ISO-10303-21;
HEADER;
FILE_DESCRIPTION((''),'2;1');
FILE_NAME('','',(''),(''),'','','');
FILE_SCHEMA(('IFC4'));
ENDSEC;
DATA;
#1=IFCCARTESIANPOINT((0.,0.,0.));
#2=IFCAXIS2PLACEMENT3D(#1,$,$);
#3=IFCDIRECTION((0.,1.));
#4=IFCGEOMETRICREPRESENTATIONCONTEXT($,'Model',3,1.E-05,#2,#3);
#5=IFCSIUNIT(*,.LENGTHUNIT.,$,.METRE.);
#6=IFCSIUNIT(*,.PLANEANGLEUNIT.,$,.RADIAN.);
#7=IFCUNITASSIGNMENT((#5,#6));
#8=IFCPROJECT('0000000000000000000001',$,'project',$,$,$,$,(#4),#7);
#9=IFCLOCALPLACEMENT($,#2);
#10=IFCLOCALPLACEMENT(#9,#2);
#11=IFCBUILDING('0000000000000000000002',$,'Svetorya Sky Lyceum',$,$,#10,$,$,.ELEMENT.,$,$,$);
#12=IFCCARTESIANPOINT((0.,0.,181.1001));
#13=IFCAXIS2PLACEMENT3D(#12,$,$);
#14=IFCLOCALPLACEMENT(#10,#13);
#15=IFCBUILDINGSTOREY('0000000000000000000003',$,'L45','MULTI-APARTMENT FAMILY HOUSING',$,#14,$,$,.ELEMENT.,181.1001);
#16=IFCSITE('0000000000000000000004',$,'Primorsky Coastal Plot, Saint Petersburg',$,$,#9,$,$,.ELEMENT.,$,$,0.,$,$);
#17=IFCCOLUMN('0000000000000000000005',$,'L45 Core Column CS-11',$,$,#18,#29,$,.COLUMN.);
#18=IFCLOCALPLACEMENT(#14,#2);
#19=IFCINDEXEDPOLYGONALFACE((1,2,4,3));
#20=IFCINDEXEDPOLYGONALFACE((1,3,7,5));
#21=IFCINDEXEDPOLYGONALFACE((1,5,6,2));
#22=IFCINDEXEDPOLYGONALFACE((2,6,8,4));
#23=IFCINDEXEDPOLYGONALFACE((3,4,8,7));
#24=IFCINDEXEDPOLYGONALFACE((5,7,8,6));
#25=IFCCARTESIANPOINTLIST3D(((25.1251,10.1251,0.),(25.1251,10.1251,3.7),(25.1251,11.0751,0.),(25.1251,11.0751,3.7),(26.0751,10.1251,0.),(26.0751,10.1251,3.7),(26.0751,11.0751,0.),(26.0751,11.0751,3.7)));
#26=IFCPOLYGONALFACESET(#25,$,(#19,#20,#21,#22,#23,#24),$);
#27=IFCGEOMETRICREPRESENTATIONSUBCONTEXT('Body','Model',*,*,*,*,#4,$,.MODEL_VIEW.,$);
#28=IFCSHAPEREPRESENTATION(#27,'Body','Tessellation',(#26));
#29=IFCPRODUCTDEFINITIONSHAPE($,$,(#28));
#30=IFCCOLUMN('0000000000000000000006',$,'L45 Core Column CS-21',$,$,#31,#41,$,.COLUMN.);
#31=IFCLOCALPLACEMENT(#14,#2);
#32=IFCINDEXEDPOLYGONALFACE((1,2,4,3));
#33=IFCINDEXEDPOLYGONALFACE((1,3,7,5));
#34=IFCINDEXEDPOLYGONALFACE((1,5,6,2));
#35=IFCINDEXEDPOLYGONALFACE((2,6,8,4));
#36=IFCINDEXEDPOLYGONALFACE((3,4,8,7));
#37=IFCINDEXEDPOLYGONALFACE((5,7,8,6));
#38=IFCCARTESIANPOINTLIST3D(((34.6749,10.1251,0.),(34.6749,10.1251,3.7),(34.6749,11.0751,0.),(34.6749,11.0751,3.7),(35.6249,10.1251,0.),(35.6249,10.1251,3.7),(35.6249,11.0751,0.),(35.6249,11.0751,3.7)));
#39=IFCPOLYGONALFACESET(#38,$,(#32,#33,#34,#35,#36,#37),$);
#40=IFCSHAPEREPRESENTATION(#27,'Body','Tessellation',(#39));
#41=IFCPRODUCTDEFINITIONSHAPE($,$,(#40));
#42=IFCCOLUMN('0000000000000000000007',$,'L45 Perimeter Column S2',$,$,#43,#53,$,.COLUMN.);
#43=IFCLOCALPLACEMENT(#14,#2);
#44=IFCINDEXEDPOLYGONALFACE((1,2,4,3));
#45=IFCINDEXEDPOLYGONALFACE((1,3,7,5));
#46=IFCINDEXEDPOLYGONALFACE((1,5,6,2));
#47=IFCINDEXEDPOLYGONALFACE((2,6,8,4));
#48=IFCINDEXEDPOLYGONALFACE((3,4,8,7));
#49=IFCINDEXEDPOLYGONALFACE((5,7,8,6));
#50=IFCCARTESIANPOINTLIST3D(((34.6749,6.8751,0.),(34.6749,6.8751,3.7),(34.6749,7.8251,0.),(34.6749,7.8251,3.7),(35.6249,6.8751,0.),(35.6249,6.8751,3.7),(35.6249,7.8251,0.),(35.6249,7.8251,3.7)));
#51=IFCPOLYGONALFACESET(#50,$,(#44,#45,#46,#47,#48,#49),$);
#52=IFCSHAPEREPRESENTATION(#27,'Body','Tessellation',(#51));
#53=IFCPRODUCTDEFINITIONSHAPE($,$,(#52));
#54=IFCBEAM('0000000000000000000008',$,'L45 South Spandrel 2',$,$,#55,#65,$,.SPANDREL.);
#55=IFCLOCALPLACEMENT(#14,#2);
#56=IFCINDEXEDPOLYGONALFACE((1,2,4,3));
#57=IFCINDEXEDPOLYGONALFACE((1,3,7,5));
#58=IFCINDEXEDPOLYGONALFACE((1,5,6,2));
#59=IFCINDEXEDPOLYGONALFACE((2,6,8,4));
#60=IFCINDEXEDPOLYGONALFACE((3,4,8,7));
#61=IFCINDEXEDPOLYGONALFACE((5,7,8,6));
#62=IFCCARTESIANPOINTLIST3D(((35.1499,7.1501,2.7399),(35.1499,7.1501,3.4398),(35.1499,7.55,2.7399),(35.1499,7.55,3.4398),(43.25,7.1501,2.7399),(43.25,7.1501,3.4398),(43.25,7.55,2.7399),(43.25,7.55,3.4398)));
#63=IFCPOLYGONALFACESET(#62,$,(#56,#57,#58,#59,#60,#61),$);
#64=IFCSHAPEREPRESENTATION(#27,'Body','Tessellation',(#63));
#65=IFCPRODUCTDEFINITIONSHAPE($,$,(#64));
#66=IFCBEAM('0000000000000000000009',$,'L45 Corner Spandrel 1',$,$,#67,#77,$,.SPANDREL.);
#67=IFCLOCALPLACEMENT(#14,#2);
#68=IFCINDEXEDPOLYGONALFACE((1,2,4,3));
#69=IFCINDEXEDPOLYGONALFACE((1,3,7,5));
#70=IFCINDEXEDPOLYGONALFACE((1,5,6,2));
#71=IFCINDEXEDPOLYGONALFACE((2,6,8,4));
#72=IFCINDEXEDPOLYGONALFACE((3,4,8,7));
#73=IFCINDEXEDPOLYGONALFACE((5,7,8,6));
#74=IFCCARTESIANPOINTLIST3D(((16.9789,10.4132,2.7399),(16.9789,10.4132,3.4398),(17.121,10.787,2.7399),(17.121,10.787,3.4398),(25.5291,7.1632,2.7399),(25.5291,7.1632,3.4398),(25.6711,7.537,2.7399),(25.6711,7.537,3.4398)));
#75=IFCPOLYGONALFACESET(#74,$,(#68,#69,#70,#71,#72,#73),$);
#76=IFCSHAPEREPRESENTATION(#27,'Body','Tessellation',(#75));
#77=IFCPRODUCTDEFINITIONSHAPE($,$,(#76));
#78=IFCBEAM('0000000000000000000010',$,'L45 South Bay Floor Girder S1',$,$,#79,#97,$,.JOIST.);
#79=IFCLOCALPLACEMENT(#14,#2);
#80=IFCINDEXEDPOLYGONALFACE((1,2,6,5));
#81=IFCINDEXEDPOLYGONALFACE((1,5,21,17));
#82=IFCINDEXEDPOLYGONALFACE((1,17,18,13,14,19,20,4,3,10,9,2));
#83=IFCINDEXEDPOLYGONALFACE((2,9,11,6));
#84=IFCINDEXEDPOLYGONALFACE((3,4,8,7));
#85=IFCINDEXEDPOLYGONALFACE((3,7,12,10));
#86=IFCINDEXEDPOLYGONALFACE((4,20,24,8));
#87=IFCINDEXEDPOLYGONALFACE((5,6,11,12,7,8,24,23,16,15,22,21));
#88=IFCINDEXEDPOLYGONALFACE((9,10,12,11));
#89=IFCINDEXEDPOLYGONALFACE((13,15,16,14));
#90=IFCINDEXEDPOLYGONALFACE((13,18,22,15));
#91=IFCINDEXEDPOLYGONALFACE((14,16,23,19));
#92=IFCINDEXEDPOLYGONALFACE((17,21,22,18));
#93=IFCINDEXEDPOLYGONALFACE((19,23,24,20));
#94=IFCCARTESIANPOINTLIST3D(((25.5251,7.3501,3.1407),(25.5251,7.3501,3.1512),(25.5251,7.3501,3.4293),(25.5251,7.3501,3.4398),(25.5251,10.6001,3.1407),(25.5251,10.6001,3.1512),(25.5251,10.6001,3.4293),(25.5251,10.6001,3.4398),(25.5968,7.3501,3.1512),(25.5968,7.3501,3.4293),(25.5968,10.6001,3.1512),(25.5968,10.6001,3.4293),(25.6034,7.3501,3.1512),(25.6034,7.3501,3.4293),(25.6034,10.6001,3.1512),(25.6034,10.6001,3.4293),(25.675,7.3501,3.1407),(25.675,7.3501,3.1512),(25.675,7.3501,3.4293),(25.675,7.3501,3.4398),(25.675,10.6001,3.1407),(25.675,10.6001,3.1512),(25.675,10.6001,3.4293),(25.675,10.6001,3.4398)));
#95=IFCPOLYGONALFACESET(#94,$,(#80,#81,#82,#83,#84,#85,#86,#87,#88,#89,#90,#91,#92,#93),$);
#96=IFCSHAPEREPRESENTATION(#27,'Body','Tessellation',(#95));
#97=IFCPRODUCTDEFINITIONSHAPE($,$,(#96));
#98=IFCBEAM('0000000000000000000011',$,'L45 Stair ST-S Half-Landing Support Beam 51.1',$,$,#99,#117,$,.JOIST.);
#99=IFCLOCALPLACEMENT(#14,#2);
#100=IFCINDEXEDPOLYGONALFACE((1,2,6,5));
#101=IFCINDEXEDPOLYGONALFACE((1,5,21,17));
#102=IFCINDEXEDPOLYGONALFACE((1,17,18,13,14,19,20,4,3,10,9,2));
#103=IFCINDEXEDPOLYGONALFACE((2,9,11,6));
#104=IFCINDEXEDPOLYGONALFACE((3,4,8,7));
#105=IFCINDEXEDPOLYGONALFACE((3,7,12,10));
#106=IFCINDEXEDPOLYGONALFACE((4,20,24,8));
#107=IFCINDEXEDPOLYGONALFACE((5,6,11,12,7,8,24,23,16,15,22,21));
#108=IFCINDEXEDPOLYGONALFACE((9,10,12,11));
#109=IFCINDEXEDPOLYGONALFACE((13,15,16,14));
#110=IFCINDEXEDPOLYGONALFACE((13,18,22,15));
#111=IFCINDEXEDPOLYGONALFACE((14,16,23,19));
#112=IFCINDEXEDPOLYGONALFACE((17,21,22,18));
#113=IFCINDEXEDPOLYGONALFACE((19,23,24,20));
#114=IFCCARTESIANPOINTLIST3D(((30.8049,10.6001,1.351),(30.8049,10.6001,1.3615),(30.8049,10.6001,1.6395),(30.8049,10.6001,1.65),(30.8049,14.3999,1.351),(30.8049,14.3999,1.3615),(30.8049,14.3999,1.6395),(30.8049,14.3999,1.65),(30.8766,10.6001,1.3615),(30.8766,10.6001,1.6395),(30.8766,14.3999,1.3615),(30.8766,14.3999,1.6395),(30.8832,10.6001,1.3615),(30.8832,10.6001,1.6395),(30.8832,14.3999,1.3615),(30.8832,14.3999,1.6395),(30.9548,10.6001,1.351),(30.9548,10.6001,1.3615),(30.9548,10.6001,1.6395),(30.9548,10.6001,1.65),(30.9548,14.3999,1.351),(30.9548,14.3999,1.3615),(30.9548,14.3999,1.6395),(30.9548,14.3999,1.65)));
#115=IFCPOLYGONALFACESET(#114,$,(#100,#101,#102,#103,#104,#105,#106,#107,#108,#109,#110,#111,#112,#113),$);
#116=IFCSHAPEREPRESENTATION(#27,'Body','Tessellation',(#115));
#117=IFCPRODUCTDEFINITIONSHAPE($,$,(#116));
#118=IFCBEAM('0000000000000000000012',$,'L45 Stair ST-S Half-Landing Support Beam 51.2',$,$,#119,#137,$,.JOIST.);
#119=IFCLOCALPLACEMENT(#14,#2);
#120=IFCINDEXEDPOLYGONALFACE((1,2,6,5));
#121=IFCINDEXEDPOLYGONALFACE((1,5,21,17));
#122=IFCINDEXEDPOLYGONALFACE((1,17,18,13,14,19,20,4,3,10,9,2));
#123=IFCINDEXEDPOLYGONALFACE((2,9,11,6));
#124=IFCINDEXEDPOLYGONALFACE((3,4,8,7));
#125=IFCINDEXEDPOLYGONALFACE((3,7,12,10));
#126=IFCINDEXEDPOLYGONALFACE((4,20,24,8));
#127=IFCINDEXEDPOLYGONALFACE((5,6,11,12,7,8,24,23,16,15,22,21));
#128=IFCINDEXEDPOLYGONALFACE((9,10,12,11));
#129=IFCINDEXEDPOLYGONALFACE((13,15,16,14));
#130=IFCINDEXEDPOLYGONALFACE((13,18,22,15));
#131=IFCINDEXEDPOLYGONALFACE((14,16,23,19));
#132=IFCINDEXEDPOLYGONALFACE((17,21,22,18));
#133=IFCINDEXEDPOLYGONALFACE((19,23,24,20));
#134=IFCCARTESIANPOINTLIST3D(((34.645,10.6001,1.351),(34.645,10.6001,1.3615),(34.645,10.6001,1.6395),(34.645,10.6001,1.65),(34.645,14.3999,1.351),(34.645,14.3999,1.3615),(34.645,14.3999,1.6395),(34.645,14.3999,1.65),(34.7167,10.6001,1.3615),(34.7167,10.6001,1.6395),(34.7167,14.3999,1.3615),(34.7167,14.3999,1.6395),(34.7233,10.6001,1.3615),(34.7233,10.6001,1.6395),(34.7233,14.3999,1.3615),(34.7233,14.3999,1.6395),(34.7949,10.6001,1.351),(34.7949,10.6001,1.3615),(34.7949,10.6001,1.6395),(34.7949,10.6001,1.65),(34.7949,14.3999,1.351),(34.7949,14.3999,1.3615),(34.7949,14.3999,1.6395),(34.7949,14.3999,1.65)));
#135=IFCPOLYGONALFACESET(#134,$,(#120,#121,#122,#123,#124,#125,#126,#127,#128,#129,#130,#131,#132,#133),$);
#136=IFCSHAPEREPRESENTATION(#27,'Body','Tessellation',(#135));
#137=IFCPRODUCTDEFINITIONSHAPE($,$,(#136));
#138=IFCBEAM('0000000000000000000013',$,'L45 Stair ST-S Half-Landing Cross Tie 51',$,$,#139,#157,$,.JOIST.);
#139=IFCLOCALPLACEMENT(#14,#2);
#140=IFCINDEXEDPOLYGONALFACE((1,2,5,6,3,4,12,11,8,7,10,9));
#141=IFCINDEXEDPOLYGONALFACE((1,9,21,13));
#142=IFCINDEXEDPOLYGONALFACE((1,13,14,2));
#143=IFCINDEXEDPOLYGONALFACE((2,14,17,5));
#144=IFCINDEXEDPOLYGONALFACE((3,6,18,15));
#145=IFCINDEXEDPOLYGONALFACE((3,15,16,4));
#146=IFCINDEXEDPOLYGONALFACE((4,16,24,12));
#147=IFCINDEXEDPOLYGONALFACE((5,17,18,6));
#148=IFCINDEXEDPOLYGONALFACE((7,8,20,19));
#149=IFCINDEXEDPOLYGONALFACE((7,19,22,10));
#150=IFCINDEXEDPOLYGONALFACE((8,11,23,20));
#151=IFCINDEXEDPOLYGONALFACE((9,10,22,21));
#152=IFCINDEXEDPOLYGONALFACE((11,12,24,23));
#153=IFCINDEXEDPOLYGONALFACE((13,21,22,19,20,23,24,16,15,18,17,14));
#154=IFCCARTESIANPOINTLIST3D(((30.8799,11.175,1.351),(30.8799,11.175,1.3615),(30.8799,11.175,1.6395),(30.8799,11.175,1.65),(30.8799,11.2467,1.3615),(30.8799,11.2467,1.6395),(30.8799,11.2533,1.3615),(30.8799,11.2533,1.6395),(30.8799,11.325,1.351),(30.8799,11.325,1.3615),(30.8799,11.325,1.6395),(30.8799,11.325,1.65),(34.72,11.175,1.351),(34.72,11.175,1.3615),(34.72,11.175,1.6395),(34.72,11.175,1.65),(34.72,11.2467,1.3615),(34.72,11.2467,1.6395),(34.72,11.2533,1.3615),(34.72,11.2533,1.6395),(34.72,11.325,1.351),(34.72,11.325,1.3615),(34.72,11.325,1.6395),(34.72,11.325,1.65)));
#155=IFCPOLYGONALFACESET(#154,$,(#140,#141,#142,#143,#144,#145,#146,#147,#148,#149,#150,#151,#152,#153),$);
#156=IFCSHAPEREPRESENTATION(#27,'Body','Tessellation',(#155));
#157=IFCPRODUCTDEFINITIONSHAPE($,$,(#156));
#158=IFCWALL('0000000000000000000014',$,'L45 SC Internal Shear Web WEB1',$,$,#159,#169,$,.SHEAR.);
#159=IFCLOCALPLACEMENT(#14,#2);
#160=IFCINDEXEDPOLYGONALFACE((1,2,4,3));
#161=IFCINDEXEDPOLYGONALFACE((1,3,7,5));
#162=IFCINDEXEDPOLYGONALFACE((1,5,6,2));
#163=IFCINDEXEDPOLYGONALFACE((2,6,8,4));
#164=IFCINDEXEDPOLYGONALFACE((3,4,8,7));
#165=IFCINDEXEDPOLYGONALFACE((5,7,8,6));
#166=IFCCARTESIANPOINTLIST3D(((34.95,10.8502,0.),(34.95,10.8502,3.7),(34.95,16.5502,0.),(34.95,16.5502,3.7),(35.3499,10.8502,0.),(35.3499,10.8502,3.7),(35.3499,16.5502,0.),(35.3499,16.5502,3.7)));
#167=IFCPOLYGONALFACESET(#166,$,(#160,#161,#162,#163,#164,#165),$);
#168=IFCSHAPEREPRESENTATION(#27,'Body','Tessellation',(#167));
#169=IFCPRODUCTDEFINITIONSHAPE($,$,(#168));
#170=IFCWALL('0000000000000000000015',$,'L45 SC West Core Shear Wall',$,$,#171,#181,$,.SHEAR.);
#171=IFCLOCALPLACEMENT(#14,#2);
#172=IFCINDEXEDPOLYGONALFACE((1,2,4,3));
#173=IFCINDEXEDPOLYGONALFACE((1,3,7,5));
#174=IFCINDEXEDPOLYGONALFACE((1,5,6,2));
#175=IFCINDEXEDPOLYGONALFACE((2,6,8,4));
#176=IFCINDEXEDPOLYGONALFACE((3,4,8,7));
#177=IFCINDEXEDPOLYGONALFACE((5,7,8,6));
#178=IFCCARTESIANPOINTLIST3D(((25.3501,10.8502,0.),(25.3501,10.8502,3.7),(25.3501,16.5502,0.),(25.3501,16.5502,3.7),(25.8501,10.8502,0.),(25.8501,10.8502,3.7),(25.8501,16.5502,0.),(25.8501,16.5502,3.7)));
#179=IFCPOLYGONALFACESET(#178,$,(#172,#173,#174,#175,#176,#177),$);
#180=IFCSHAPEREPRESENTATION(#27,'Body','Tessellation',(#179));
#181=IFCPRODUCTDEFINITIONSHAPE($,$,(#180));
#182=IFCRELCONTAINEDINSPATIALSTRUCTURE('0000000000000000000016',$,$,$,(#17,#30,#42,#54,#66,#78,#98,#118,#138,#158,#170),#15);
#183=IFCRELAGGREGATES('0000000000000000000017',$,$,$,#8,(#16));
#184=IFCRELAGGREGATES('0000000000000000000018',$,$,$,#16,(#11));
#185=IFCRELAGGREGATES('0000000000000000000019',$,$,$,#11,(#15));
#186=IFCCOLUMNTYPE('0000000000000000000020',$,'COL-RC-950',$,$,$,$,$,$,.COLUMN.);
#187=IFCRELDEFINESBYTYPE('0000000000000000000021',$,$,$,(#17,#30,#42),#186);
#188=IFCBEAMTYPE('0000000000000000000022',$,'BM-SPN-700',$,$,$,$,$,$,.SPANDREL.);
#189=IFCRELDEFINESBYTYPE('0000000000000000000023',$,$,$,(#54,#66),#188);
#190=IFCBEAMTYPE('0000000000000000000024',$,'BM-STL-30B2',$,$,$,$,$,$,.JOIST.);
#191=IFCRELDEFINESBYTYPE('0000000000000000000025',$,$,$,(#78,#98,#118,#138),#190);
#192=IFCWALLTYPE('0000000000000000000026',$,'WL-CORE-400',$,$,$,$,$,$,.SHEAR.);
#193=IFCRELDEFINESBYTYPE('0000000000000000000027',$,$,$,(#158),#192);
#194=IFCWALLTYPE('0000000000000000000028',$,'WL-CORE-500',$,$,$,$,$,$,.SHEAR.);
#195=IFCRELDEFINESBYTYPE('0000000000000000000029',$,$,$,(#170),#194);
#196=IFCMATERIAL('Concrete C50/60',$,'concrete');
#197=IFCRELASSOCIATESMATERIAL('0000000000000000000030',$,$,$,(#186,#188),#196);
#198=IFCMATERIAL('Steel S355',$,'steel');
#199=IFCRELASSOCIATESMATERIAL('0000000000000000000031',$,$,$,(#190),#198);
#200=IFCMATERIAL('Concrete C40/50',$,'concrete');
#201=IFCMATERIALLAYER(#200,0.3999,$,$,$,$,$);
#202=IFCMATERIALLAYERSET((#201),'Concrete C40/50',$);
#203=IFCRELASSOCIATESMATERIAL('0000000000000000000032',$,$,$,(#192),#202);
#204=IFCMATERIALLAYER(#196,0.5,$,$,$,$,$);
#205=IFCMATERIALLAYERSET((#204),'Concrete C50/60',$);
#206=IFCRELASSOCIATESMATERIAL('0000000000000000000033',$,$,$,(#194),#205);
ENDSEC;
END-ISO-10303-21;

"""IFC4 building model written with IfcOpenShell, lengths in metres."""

from ifc_helpers import new_model, si_unit, direction, frame, frame_2d, origin, origin_2d, place, context, subcontext, project, spatial, rectangle, i_section, extrude, material, layer, layer_set, material_profile, profile_set, type_object, element, save


model = new_model("IFC4")

# Units and contexts
model_context = context("Model", 3, precision=1e-05, world=origin(), true_north=direction((0.0, 1.0)))
body_context = subcontext(model_context, "Body", "Model", "MODEL_VIEW")
ifc_project = project(units=[si_unit("LENGTHUNIT", "METRE"), si_unit("PLANEANGLEUNIT", "RADIAN")], contexts=[model_context])

# Site, building, storey
site_placement = place(None, origin())
site = spatial("IfcSite", under=ifc_project, at=site_placement, Name="Primorsky Coastal Plot, Saint Petersburg", CompositionType="ELEMENT", RefElevation=0.0)
building_placement = place(site_placement, origin())
building = spatial("IfcBuilding", under=site, at=building_placement, Name="Svetorya Sky Lyceum", CompositionType="ELEMENT")
storey_placement = place(building_placement, frame((0.0, 0.0, 181.1001)))
storey = spatial("IfcBuildingStorey", under=building, at=storey_placement, Name="L45", Description="MULTI-APARTMENT FAMILY HOUSING", CompositionType="ELEMENT", Elevation=181.1001)

# Columns
ifc_material_1 = material(Name="Concrete C50/60", Category="concrete")
ifc_material_profile_1 = material_profile(ifc_material_1, rectangle(XDim=0.95, YDim=0.95, at=origin_2d()), Name="RC COL 950x950")
ifc_profile_set_1 = profile_set([ifc_material_profile_1], Name="Concrete C50/60")
column_type = type_object("IfcColumnType", Name="COL-RC-950", PredefinedType="COLUMN", material=ifc_profile_set_1)
for number, where, z_axis, x_axis, name in (
    (1, (25.6001, 10.6001, 0.0), (0.0, 0.0, 1.0), (1.0, 0.0, 0.0), "L45 Core Column CS-11"),
    (2, (35.1499, 10.6001, 0.0), (0.0, 0.0, 1.0), (1.0, 0.0, 0.0), "L45 Core Column CS-21"),
    (3, (35.1499, 7.3501, 0.0), (0.0, 0.0, 1.0), (1.0, 0.0, 0.0), "L45 Perimeter Column S2"),
):
    element("IfcColumn", number, at=place(storey_placement, frame(where, z_axis=z_axis, x_axis=x_axis)), inside=storey, type_object=column_type, Name=name, PredefinedType="COLUMN", context=body_context, shape_type="SweptSolid", body=[
        extrude(rectangle(XDim=0.95, YDim=0.95, at=origin_2d()), origin(), (0.0, 0.0, 1.0), 3.7),
    ])

# Beams
ifc_material_profile_2 = material_profile(ifc_material_1, rectangle(XDim=0.3999, YDim=0.7, at=origin_2d()), Name="RC SPANDREL 400x700")
ifc_profile_set_2 = profile_set([ifc_material_profile_2], Name="Concrete C50/60")
beam_type_1 = type_object("IfcBeamType", Name="BM-SPN-700", PredefinedType="SPANDREL", material=ifc_profile_set_2)
beam_1_placement = place(storey_placement, frame((35.1499, 7.3501, 3.0898), z_axis=(1.0, 0.0, 0.0), x_axis=(0.0, 1.0, 0.0)))
element("IfcBeam", 4, at=beam_1_placement, inside=storey, type_object=beam_type_1, Name="L45 South Spandrel 2", PredefinedType="SPANDREL", context=body_context, shape_type="SweptSolid", body=[
    extrude(rectangle(XDim=0.3999, YDim=0.7, at=origin_2d()), origin(), (0.0, 0.0, 1.0), 8.1001),
])
beam_2_placement = place(storey_placement, frame((25.6001, 7.3501, 3.0898), z_axis=(-0.934748, 0.355312, 0.0), x_axis=(-0.355312, -0.934748, 0.0)))
element("IfcBeam", 5, at=beam_2_placement, inside=storey, type_object=beam_type_1, Name="L45 Corner Spandrel 1", PredefinedType="SPANDREL", context=body_context, shape_type="SweptSolid", body=[
    extrude(rectangle(XDim=0.3999, YDim=0.7, at=origin_2d()), origin(), (0.0, 0.0, 1.0), 9.147),
])
ifc_material_2 = material(Name="Steel S355", Category="steel")
ifc_material_profile_3 = material_profile(ifc_material_2, i_section(OverallWidth=0.1499, OverallDepth=0.2991, WebThickness=0.0066, FlangeThickness=0.0105, at=origin_2d()), Name="GOST 30B2")
ifc_profile_set_3 = profile_set([ifc_material_profile_3], Name="Steel S355")
beam_type_2 = type_object("IfcBeamType", Name="BM-STL-30B2", PredefinedType="JOIST", material=ifc_profile_set_3)
beam_3_placement = place(storey_placement, frame((25.6001, 7.3501, 3.2903), z_axis=(0.0, 1.0, 0.0), x_axis=(-1.0, 0.0, 0.0)))
element("IfcBeam", 6, at=beam_3_placement, inside=storey, type_object=beam_type_2, Name="L45 South Bay Floor Girder S1", PredefinedType="JOIST", context=body_context, shape_type="SweptSolid", body=[
    extrude(i_section(OverallWidth=0.1499, OverallDepth=0.2991, WebThickness=0.0066, FlangeThickness=0.0105, at=origin_2d()), origin(), (0.0, 0.0, 1.0), 3.25),
])
for number, where, z_axis, x_axis, name in (
    (7, (30.8799, 10.6001, 1.5005), (0.0, 1.0, 0.0), (-1.0, 0.0, 0.0), "L45 Stair ST-S Half-Landing Support Beam 51.1"),
    (8, (34.72, 10.6001, 1.5005), (0.0, 1.0, 0.0), (-1.0, 0.0, 0.0), "L45 Stair ST-S Half-Landing Support Beam 51.2"),
):
    element("IfcBeam", number, at=place(storey_placement, frame(where, z_axis=z_axis, x_axis=x_axis)), inside=storey, type_object=beam_type_2, Name=name, PredefinedType="JOIST", context=body_context, shape_type="SweptSolid", body=[
        extrude(i_section(OverallWidth=0.1499, OverallDepth=0.2991, WebThickness=0.0066, FlangeThickness=0.0105, at=origin_2d()), origin(), (0.0, 0.0, 1.0), 3.7998),
    ])
beam_4_placement = place(storey_placement, frame((30.8799, 11.25, 1.5005), z_axis=(1.0, 0.0, 0.0), x_axis=(0.0, 1.0, 0.0)))
element("IfcBeam", 9, at=beam_4_placement, inside=storey, type_object=beam_type_2, Name="L45 Stair ST-S Half-Landing Cross Tie 51", PredefinedType="JOIST", context=body_context, shape_type="SweptSolid", body=[
    extrude(i_section(OverallWidth=0.1499, OverallDepth=0.2991, WebThickness=0.0066, FlangeThickness=0.0105, at=origin_2d()), origin(), (0.0, 0.0, 1.0), 3.8401),
])

# Walls
ifc_material_3 = material(Name="Concrete C40/50", Category="concrete")
ifc_layer_1 = layer(ifc_material_3, 0.3999)
ifc_layer_set_1 = layer_set([ifc_layer_1], Name="Concrete C40/50")
wall_type_1 = type_object("IfcWallType", Name="WL-CORE-400", PredefinedType="SHEAR", material=ifc_layer_set_1)
wall_1_placement = place(storey_placement, frame((35.1499, 10.8501, 0.0), z_axis=(0.0, 0.0, 1.0), x_axis=(0.0, 1.0, 0.0)))
element("IfcWall", 10, at=wall_1_placement, inside=storey, type_object=wall_type_1, Name="L45 SC Internal Shear Web WEB1", PredefinedType="SHEAR", context=body_context, shape_type="SweptSolid", body=[
    extrude(rectangle(XDim=5.7, YDim=0.3999, at=frame_2d((2.8501, 0.0))), origin(), (0.0, 0.0, 1.0), 3.7),
])
ifc_layer_2 = layer(ifc_material_1, 0.5)
ifc_layer_set_2 = layer_set([ifc_layer_2], Name="Concrete C50/60")
wall_type_2 = type_object("IfcWallType", Name="WL-CORE-500", PredefinedType="SHEAR", material=ifc_layer_set_2)
wall_2_placement = place(storey_placement, frame((25.6001, 10.8501, 0.0), z_axis=(0.0, 0.0, 1.0), x_axis=(0.0, 1.0, 0.0)))
element("IfcWall", 11, at=wall_2_placement, inside=storey, type_object=wall_type_2, Name="L45 SC West Core Shear Wall", PredefinedType="SHEAR", context=body_context, shape_type="SweptSolid", body=[
    extrude(rectangle(XDim=5.7, YDim=0.5, at=frame_2d((2.8501, 0.0))), origin(), (0.0, 0.0, 1.0), 3.7),
])

save(model, "model.ifc")
